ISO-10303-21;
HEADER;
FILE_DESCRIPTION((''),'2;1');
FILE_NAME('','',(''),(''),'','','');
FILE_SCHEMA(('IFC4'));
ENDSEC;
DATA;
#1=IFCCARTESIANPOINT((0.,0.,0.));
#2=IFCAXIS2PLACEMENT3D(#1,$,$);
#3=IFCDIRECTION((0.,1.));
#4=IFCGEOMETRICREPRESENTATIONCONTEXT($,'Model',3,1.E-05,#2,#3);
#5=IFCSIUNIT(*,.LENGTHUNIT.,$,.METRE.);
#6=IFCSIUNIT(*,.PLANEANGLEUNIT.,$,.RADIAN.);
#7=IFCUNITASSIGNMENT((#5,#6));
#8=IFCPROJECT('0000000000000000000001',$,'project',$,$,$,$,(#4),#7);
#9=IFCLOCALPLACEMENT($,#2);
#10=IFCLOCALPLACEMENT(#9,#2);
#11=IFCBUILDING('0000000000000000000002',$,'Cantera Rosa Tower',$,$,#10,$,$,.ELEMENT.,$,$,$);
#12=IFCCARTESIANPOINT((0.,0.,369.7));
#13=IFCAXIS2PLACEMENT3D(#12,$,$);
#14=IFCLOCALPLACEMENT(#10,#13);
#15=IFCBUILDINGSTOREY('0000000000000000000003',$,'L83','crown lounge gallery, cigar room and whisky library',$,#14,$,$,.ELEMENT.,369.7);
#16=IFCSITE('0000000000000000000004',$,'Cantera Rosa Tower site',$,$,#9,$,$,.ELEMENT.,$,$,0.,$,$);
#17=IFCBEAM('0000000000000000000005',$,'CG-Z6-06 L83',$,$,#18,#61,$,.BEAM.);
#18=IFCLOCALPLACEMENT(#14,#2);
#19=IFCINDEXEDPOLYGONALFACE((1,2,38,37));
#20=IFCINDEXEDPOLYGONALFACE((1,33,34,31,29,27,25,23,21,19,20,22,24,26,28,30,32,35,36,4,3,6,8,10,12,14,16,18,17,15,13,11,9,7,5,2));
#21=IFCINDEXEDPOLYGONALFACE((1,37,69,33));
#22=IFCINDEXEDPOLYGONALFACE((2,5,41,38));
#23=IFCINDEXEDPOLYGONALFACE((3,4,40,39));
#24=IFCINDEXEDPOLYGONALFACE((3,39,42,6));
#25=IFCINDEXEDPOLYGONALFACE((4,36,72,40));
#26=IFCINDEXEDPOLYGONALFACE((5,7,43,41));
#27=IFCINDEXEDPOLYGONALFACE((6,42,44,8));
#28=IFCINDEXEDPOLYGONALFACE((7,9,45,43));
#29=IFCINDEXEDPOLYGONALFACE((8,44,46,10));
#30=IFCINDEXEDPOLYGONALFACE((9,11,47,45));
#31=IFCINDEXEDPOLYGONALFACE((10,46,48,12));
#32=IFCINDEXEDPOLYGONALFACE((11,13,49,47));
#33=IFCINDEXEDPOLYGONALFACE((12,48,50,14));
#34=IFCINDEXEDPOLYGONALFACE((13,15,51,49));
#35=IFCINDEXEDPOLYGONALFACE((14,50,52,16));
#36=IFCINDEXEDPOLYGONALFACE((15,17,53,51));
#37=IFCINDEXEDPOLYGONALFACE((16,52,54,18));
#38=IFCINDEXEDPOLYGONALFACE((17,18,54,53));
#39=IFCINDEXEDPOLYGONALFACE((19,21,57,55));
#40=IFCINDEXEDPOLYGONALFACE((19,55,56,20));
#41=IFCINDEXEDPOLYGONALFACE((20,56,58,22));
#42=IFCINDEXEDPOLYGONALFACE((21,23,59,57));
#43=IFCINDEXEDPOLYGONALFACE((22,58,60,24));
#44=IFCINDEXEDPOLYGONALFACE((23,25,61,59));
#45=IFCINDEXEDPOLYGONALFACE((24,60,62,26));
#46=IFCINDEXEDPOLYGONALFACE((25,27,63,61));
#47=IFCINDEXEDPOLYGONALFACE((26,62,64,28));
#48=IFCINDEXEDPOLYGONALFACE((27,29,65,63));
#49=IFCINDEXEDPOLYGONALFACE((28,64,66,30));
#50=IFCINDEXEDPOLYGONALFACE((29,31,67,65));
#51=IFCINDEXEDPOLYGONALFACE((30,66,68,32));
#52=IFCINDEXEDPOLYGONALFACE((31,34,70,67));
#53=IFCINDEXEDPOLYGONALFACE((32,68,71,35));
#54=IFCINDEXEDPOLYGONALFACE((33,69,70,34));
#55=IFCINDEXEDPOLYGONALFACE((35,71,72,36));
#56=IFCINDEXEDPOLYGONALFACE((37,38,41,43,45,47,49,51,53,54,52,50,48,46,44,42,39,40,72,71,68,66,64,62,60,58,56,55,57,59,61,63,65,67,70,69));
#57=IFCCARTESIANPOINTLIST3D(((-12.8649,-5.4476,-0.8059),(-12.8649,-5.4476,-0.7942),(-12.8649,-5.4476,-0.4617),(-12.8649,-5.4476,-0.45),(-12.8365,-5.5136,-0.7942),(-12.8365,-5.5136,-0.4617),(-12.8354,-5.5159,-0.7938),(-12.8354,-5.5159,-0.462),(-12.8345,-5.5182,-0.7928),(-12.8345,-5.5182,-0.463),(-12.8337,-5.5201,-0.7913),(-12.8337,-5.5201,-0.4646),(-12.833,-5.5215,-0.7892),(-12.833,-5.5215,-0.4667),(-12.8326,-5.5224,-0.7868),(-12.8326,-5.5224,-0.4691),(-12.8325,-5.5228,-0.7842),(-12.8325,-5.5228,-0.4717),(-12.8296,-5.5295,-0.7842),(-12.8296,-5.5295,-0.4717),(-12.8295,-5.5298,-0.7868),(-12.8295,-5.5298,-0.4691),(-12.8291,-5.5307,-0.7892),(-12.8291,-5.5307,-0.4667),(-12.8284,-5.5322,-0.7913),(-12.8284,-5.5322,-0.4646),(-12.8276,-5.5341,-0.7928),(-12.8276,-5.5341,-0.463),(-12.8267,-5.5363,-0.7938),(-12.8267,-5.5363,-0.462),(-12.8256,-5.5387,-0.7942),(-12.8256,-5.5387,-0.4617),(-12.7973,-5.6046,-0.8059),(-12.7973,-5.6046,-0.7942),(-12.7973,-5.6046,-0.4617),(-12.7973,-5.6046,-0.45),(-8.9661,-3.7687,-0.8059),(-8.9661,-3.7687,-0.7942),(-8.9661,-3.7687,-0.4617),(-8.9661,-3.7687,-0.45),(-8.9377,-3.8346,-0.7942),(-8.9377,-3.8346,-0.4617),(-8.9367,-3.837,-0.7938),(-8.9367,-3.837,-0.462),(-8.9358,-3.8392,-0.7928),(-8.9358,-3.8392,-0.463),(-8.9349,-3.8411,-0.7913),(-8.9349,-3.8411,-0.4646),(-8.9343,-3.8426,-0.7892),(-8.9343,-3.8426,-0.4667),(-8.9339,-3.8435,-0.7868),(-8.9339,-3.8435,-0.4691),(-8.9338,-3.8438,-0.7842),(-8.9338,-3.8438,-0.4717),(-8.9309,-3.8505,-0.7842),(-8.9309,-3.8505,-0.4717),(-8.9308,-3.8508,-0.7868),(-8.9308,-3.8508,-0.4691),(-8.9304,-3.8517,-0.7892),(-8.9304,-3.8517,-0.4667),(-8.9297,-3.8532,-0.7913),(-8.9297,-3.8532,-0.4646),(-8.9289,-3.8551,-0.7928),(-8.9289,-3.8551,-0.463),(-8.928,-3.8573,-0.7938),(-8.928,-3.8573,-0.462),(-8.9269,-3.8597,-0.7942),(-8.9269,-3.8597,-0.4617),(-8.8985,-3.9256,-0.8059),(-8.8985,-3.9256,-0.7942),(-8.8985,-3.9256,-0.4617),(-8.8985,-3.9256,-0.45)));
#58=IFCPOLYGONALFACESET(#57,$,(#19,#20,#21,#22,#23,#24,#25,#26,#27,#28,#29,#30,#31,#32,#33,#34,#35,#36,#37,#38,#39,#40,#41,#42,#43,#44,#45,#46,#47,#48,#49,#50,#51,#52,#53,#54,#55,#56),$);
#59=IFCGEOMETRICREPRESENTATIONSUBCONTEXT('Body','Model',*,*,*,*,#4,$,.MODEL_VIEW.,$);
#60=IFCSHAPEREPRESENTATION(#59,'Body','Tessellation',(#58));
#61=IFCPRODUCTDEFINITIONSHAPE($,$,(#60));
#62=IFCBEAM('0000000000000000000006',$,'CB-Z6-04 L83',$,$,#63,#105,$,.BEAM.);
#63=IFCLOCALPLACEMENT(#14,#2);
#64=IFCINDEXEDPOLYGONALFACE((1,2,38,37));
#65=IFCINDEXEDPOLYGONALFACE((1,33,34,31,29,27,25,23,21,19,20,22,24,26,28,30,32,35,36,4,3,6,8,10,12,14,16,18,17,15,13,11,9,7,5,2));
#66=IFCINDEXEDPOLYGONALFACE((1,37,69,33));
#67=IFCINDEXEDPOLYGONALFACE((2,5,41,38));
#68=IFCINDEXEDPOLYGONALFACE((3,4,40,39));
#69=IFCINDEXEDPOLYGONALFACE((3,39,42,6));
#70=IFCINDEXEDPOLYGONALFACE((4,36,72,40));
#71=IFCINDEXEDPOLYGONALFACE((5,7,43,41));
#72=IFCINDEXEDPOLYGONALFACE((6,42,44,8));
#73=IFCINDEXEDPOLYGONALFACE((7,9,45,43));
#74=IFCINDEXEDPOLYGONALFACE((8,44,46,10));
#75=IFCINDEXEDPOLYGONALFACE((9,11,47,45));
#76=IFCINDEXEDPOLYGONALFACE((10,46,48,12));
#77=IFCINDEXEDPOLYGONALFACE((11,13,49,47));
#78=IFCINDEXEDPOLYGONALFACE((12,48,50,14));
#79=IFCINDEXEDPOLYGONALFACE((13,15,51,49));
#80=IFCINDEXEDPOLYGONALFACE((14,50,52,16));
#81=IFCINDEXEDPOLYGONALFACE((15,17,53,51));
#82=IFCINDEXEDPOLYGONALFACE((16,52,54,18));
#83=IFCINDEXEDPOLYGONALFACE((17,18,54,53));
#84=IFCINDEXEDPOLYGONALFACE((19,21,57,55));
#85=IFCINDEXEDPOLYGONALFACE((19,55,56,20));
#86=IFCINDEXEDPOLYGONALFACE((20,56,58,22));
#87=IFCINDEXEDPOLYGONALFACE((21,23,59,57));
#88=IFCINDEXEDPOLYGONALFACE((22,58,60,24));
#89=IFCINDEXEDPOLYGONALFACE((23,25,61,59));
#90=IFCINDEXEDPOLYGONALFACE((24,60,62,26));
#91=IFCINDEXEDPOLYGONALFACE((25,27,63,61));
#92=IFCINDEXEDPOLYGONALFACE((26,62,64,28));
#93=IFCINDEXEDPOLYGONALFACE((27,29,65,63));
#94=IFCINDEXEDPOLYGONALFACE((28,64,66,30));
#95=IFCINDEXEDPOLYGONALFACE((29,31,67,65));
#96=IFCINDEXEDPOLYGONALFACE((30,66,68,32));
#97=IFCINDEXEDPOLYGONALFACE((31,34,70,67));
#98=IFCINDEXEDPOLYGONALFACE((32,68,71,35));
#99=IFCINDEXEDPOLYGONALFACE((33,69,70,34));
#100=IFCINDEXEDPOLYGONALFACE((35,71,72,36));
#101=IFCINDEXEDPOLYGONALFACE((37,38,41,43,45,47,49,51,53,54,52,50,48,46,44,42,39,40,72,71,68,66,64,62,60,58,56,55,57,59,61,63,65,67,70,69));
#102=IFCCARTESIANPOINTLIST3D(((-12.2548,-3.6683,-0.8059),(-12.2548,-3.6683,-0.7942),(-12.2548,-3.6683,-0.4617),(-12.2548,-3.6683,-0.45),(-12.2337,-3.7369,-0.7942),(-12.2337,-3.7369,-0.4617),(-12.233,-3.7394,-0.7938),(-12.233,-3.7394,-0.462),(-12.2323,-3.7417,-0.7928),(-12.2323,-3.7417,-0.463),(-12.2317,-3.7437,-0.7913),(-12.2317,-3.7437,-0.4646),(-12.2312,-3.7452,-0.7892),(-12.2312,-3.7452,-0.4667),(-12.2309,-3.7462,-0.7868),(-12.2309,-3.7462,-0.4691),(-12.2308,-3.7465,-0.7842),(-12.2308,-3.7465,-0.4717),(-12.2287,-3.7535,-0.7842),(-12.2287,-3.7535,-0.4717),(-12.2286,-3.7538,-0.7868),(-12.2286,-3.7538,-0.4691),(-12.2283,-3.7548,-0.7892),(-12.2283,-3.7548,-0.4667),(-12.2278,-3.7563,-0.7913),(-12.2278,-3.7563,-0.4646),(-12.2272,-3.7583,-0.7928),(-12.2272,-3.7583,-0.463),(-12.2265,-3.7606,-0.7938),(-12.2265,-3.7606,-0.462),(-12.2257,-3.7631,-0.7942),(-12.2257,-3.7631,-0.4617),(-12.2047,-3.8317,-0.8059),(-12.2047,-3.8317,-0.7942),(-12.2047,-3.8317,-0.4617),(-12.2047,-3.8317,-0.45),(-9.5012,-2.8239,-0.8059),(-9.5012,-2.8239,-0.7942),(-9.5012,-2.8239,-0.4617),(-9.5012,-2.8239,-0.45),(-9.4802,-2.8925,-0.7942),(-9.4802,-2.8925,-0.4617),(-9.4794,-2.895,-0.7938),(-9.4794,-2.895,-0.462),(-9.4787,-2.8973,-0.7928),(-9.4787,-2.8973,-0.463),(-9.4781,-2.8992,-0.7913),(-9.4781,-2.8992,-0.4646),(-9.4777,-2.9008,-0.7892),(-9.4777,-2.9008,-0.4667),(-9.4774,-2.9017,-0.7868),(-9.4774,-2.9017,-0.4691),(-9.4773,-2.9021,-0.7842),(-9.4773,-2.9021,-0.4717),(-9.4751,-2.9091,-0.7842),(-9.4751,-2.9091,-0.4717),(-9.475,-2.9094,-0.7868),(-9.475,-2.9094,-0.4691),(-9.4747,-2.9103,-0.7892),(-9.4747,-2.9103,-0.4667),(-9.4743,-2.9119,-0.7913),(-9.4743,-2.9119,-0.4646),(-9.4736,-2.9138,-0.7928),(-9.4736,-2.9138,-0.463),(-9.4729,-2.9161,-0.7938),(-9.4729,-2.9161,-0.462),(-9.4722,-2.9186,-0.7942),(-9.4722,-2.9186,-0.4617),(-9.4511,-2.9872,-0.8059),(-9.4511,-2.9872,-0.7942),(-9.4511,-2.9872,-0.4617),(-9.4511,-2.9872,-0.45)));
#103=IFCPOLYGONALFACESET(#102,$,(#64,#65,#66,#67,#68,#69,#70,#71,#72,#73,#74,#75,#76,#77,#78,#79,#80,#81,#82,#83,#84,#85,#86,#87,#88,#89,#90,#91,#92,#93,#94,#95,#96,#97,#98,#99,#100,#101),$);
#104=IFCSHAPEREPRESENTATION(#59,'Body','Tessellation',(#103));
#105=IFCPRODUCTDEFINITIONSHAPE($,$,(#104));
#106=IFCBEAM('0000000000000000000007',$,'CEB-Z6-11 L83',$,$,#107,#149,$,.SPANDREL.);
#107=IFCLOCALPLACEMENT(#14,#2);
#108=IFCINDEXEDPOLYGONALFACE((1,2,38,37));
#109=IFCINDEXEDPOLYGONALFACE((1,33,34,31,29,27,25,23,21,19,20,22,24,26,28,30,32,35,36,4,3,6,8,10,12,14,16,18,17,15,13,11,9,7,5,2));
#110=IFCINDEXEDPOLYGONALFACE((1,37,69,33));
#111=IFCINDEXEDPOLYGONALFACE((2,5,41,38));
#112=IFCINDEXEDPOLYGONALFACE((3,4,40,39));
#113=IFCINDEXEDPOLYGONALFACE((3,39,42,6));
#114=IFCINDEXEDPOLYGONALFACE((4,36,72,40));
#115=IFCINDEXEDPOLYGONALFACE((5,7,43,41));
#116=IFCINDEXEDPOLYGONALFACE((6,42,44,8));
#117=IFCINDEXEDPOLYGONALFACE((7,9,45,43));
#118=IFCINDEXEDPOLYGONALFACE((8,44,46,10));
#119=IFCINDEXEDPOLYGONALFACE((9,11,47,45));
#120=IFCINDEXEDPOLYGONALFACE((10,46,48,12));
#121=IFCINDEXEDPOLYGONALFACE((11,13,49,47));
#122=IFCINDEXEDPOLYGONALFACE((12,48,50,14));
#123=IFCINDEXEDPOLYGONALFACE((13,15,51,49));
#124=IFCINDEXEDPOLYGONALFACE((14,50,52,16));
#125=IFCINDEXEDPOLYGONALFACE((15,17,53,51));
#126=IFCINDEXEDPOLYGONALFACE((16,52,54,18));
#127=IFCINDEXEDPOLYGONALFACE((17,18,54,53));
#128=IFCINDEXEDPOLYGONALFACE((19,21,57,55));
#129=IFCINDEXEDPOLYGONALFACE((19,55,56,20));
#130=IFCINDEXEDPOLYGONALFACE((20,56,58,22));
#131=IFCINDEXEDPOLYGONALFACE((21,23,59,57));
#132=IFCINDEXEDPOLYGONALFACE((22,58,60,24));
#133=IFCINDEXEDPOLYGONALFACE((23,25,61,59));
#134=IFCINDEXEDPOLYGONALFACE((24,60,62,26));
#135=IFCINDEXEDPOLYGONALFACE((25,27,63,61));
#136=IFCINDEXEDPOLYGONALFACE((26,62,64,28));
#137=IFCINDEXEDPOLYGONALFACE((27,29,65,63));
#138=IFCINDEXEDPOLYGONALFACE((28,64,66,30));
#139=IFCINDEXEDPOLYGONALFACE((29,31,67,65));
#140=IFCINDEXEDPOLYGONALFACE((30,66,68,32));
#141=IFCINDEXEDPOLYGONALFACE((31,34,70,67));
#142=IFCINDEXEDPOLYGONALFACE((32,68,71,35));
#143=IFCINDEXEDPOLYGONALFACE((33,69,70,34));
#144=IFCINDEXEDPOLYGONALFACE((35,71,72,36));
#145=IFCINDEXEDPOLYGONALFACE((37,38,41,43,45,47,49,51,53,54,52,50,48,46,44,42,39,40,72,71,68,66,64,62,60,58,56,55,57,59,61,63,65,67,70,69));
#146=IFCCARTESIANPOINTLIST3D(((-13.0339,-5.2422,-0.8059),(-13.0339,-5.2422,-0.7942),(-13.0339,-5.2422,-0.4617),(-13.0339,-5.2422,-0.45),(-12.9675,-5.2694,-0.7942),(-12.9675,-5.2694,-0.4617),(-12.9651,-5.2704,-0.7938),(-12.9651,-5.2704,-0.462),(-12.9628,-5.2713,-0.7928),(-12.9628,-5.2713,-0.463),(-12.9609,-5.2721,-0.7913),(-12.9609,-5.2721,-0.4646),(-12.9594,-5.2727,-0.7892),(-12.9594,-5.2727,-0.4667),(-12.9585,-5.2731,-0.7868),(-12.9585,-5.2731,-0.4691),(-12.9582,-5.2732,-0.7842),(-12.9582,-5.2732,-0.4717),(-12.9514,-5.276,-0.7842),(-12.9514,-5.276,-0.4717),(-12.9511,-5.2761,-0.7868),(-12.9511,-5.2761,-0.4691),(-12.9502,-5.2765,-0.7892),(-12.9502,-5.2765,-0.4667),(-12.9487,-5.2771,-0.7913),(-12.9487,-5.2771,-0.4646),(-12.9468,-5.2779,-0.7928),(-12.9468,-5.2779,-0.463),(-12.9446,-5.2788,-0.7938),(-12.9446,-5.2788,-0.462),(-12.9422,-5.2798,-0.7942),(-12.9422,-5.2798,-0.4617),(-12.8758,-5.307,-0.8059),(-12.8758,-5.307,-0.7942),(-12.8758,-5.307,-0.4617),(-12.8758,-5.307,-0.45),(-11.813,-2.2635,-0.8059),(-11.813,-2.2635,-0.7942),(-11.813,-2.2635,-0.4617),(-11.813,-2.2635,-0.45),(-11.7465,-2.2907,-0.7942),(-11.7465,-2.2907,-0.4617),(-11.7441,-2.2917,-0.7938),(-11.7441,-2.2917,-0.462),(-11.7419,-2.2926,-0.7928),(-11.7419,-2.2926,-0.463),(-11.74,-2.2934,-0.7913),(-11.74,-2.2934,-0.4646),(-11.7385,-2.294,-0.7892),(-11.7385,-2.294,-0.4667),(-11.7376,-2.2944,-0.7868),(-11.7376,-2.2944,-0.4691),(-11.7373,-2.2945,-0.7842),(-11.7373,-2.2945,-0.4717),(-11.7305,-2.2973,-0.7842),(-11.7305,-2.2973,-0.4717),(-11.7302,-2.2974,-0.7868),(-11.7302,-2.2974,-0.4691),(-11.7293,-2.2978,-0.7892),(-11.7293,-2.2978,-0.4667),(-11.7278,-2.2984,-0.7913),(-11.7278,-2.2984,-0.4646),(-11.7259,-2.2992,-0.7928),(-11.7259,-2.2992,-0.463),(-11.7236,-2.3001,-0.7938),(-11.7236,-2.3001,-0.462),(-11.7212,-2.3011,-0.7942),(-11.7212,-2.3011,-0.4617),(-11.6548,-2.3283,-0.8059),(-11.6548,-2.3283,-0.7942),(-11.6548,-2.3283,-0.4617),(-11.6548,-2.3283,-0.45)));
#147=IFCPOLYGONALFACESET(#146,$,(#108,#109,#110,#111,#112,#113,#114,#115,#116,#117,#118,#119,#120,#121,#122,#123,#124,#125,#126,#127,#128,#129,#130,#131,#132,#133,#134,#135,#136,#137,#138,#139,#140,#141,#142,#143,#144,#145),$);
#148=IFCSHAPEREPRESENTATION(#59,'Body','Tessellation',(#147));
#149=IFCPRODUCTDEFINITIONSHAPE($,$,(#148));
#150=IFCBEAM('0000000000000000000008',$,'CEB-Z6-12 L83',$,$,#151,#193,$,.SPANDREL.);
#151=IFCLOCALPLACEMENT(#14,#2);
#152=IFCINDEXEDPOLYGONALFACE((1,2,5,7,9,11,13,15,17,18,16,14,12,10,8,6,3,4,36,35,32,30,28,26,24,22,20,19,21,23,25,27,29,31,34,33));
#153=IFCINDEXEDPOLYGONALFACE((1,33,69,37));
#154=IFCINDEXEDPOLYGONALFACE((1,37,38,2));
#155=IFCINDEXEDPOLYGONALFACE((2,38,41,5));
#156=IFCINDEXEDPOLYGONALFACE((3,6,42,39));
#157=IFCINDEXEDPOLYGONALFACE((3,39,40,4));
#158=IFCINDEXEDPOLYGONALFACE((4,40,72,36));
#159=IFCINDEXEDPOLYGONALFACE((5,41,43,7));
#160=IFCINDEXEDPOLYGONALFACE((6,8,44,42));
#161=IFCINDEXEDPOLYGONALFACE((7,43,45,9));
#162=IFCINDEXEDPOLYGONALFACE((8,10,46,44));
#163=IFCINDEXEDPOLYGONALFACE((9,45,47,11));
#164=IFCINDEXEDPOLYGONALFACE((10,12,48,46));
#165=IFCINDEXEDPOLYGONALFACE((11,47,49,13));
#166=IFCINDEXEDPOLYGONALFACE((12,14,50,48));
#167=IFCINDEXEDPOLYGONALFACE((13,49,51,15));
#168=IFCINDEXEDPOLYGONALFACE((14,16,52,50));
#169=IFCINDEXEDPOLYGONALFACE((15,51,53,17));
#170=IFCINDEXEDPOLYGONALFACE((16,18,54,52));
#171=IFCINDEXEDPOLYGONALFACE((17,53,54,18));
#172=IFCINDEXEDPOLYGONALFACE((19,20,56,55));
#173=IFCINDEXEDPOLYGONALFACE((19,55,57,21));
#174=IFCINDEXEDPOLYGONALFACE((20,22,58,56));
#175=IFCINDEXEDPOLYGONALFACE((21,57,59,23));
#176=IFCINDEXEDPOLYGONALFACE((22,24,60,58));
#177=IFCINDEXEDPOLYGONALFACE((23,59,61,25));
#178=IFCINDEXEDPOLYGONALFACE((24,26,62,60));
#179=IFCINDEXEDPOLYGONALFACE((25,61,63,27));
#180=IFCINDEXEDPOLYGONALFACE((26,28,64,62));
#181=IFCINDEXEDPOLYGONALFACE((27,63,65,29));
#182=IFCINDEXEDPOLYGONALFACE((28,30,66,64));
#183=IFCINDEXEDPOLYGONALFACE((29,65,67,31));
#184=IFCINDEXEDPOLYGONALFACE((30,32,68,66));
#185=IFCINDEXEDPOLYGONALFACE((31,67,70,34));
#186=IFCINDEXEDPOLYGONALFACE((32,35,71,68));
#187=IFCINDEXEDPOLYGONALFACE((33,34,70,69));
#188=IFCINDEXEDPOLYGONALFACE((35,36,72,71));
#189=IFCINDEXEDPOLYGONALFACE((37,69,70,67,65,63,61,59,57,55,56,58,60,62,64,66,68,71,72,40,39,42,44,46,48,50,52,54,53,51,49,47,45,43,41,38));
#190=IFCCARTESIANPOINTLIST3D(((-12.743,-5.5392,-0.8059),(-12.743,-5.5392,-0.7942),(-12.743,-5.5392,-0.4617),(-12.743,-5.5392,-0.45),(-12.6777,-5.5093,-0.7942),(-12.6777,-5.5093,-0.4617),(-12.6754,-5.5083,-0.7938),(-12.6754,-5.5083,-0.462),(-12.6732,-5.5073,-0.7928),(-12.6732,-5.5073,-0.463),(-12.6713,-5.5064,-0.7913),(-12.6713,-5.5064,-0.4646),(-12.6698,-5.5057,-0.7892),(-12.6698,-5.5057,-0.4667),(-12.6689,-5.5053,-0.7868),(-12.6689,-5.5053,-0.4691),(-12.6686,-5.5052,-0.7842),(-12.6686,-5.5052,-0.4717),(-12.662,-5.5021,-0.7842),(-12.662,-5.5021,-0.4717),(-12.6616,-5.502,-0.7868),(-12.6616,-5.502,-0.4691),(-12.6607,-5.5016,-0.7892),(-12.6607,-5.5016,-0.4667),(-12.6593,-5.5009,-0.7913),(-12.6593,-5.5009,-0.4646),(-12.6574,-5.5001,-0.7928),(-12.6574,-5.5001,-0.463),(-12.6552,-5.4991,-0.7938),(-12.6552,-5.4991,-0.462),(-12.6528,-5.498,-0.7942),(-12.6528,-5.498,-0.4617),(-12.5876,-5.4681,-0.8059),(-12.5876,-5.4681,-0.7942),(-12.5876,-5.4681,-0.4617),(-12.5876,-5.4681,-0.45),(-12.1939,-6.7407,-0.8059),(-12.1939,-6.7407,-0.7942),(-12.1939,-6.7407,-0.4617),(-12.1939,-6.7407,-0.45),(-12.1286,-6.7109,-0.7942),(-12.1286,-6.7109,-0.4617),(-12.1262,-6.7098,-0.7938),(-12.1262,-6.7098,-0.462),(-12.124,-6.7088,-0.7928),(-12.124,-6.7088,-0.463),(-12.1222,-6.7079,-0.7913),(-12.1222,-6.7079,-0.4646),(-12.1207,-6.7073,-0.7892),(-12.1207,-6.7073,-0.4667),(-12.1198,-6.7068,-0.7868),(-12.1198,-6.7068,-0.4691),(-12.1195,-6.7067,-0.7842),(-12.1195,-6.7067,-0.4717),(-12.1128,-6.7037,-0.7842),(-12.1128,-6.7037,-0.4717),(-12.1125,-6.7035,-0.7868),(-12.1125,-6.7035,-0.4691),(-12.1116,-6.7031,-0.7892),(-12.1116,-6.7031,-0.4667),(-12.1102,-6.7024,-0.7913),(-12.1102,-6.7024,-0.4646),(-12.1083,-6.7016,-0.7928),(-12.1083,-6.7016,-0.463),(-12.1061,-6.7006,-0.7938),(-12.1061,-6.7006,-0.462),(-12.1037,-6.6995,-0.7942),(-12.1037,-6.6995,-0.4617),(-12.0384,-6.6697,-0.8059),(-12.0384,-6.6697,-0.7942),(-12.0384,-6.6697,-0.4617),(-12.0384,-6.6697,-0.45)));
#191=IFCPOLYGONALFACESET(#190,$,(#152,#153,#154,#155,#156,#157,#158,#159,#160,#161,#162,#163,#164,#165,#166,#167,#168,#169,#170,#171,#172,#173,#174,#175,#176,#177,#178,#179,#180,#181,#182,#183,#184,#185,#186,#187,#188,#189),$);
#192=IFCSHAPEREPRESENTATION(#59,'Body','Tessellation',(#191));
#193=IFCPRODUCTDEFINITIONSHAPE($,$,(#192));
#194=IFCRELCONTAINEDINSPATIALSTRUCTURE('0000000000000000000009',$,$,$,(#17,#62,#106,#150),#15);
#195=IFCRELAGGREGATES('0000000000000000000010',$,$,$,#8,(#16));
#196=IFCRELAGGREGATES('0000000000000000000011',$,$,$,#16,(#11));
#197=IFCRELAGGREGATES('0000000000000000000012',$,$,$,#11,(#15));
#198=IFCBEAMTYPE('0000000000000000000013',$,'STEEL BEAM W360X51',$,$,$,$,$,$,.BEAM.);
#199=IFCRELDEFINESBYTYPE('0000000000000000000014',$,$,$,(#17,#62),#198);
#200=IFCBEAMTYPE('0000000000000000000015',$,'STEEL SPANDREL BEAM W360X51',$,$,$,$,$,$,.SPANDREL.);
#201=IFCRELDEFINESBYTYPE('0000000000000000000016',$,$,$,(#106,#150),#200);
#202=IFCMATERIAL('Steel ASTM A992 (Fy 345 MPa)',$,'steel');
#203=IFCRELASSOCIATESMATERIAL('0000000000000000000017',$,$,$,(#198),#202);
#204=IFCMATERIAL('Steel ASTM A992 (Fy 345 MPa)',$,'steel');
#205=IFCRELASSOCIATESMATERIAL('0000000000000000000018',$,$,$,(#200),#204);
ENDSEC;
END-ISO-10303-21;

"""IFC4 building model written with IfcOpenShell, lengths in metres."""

from ifc_helpers import new_model, si_unit, direction, frame, origin, origin_2d, place, context, subcontext, project, spatial, i_section, extrude, material, material_profile, profile_set, type_object, element, save


model = new_model("IFC4")

# Units and contexts
model_context = context("Model", 3, precision=1e-05, world=origin(), true_north=direction((0.0, 1.0)))
body_context = subcontext(model_context, "Body", "Model", "MODEL_VIEW")
ifc_project = project(units=[si_unit("LENGTHUNIT", "METRE"), si_unit("PLANEANGLEUNIT", "RADIAN")], contexts=[model_context])

# Site, building, storey
site_placement = place(None, origin())
site = spatial("IfcSite", under=ifc_project, at=site_placement, Name="Cantera Rosa Tower site", CompositionType="ELEMENT", RefElevation=0.0)
building_placement = place(site_placement, origin())
building = spatial("IfcBuilding", under=site, at=building_placement, Name="Cantera Rosa Tower", CompositionType="ELEMENT")
storey_placement = place(building_placement, frame((0.0, 0.0, 369.7)))
storey = spatial("IfcBuildingStorey", under=building, at=storey_placement, Name="L83", Description="crown lounge gallery, cigar room and whisky library", CompositionType="ELEMENT", Elevation=369.7)

# Beams
ifc_material_1 = material(Name="Steel ASTM A992 (Fy 345 MPa)", Category="steel")
ifc_material_profile_1 = material_profile(ifc_material_1, i_section(OverallWidth=0.1709, OverallDepth=0.356, WebThickness=0.0073, FlangeThickness=0.0117, FilletRadius=0.01, at=origin_2d()), Name="W360X51")
ifc_profile_set_1 = profile_set([ifc_material_profile_1], Name="Steel ASTM A992 (Fy 345 MPa)")
beam_type_1 = type_object("IfcBeamType", Name="STEEL BEAM W360X51", PredefinedType="BEAM", material=ifc_profile_set_1)
beam_1_placement = place(storey_placement, frame((-12.8311, -5.5261, -0.6279), z_axis=(0.918453, 0.395529, 0.0), x_axis=(-0.395529, 0.918453, 0.0)))
element("IfcBeam", 1, at=beam_1_placement, inside=storey, type_object=beam_type_1, Name="CG-Z6-06 L83", PredefinedType="BEAM", context=body_context, shape_type="SweptSolid", body=[
    extrude(i_section(OverallWidth=0.1709, OverallDepth=0.356, WebThickness=0.0073, FlangeThickness=0.0117, FilletRadius=0.01, at=origin_2d()), origin(), (0.0, 0.0, 1.0), 4.2449),
])
beam_2_placement = place(storey_placement, frame((-12.2297, -3.75, -0.6279), z_axis=(0.956052, 0.293198, 0.0), x_axis=(-0.293198, 0.956052, 0.0)))
element("IfcBeam", 2, at=beam_2_placement, inside=storey, type_object=beam_type_1, Name="CB-Z6-04 L83", PredefinedType="BEAM", context=body_context, shape_type="SweptSolid", body=[
    extrude(i_section(OverallWidth=0.1709, OverallDepth=0.356, WebThickness=0.0073, FlangeThickness=0.0117, FilletRadius=0.01, at=origin_2d()), origin(), (0.0, 0.0, 1.0), 2.8801),
])
ifc_material_2 = material(Name="Steel ASTM A992 (Fy 345 MPa)", Category="steel")
ifc_material_profile_2 = material_profile(ifc_material_2, i_section(OverallWidth=0.1709, OverallDepth=0.356, WebThickness=0.0073, FlangeThickness=0.0117, FilletRadius=0.01, at=origin_2d()), Name="W360X51")
ifc_profile_set_2 = profile_set([ifc_material_profile_2], Name="Steel ASTM A992 (Fy 345 MPa)")
beam_type_2 = type_object("IfcBeamType", Name="STEEL SPANDREL BEAM W360X51", PredefinedType="SPANDREL", material=ifc_profile_set_2)
beam_3_placement = place(storey_placement, frame((-11.7339, -2.2959, -0.6279), z_axis=(-0.379262, -0.925289, 0.0), x_axis=(0.925289, -0.379262, 0.0)))
element("IfcBeam", 3, at=beam_3_placement, inside=storey, type_object=beam_type_2, Name="CEB-Z6-11 L83", PredefinedType="SPANDREL", context=body_context, shape_type="SweptSolid", body=[
    extrude(i_section(OverallWidth=0.1709, OverallDepth=0.356, WebThickness=0.0073, FlangeThickness=0.0117, FilletRadius=0.01, at=origin_2d()), origin(), (0.0, 0.0, 1.0), 3.2192),
])
beam_4_placement = place(storey_placement, frame((-12.6653, -5.5037, -0.6279), z_axis=(0.415668, -0.909516, 0.0), x_axis=(0.909516, 0.415668, 0.0)))
element("IfcBeam", 4, at=beam_4_placement, inside=storey, type_object=beam_type_2, Name="CEB-Z6-12 L83", PredefinedType="SPANDREL", context=body_context, shape_type="SweptSolid", body=[
    extrude(i_section(OverallWidth=0.1709, OverallDepth=0.356, WebThickness=0.0073, FlangeThickness=0.0117, FilletRadius=0.01, at=origin_2d()), origin(), (0.0, 0.0, 1.0), 1.321),
])

save(model, "model.ifc")
